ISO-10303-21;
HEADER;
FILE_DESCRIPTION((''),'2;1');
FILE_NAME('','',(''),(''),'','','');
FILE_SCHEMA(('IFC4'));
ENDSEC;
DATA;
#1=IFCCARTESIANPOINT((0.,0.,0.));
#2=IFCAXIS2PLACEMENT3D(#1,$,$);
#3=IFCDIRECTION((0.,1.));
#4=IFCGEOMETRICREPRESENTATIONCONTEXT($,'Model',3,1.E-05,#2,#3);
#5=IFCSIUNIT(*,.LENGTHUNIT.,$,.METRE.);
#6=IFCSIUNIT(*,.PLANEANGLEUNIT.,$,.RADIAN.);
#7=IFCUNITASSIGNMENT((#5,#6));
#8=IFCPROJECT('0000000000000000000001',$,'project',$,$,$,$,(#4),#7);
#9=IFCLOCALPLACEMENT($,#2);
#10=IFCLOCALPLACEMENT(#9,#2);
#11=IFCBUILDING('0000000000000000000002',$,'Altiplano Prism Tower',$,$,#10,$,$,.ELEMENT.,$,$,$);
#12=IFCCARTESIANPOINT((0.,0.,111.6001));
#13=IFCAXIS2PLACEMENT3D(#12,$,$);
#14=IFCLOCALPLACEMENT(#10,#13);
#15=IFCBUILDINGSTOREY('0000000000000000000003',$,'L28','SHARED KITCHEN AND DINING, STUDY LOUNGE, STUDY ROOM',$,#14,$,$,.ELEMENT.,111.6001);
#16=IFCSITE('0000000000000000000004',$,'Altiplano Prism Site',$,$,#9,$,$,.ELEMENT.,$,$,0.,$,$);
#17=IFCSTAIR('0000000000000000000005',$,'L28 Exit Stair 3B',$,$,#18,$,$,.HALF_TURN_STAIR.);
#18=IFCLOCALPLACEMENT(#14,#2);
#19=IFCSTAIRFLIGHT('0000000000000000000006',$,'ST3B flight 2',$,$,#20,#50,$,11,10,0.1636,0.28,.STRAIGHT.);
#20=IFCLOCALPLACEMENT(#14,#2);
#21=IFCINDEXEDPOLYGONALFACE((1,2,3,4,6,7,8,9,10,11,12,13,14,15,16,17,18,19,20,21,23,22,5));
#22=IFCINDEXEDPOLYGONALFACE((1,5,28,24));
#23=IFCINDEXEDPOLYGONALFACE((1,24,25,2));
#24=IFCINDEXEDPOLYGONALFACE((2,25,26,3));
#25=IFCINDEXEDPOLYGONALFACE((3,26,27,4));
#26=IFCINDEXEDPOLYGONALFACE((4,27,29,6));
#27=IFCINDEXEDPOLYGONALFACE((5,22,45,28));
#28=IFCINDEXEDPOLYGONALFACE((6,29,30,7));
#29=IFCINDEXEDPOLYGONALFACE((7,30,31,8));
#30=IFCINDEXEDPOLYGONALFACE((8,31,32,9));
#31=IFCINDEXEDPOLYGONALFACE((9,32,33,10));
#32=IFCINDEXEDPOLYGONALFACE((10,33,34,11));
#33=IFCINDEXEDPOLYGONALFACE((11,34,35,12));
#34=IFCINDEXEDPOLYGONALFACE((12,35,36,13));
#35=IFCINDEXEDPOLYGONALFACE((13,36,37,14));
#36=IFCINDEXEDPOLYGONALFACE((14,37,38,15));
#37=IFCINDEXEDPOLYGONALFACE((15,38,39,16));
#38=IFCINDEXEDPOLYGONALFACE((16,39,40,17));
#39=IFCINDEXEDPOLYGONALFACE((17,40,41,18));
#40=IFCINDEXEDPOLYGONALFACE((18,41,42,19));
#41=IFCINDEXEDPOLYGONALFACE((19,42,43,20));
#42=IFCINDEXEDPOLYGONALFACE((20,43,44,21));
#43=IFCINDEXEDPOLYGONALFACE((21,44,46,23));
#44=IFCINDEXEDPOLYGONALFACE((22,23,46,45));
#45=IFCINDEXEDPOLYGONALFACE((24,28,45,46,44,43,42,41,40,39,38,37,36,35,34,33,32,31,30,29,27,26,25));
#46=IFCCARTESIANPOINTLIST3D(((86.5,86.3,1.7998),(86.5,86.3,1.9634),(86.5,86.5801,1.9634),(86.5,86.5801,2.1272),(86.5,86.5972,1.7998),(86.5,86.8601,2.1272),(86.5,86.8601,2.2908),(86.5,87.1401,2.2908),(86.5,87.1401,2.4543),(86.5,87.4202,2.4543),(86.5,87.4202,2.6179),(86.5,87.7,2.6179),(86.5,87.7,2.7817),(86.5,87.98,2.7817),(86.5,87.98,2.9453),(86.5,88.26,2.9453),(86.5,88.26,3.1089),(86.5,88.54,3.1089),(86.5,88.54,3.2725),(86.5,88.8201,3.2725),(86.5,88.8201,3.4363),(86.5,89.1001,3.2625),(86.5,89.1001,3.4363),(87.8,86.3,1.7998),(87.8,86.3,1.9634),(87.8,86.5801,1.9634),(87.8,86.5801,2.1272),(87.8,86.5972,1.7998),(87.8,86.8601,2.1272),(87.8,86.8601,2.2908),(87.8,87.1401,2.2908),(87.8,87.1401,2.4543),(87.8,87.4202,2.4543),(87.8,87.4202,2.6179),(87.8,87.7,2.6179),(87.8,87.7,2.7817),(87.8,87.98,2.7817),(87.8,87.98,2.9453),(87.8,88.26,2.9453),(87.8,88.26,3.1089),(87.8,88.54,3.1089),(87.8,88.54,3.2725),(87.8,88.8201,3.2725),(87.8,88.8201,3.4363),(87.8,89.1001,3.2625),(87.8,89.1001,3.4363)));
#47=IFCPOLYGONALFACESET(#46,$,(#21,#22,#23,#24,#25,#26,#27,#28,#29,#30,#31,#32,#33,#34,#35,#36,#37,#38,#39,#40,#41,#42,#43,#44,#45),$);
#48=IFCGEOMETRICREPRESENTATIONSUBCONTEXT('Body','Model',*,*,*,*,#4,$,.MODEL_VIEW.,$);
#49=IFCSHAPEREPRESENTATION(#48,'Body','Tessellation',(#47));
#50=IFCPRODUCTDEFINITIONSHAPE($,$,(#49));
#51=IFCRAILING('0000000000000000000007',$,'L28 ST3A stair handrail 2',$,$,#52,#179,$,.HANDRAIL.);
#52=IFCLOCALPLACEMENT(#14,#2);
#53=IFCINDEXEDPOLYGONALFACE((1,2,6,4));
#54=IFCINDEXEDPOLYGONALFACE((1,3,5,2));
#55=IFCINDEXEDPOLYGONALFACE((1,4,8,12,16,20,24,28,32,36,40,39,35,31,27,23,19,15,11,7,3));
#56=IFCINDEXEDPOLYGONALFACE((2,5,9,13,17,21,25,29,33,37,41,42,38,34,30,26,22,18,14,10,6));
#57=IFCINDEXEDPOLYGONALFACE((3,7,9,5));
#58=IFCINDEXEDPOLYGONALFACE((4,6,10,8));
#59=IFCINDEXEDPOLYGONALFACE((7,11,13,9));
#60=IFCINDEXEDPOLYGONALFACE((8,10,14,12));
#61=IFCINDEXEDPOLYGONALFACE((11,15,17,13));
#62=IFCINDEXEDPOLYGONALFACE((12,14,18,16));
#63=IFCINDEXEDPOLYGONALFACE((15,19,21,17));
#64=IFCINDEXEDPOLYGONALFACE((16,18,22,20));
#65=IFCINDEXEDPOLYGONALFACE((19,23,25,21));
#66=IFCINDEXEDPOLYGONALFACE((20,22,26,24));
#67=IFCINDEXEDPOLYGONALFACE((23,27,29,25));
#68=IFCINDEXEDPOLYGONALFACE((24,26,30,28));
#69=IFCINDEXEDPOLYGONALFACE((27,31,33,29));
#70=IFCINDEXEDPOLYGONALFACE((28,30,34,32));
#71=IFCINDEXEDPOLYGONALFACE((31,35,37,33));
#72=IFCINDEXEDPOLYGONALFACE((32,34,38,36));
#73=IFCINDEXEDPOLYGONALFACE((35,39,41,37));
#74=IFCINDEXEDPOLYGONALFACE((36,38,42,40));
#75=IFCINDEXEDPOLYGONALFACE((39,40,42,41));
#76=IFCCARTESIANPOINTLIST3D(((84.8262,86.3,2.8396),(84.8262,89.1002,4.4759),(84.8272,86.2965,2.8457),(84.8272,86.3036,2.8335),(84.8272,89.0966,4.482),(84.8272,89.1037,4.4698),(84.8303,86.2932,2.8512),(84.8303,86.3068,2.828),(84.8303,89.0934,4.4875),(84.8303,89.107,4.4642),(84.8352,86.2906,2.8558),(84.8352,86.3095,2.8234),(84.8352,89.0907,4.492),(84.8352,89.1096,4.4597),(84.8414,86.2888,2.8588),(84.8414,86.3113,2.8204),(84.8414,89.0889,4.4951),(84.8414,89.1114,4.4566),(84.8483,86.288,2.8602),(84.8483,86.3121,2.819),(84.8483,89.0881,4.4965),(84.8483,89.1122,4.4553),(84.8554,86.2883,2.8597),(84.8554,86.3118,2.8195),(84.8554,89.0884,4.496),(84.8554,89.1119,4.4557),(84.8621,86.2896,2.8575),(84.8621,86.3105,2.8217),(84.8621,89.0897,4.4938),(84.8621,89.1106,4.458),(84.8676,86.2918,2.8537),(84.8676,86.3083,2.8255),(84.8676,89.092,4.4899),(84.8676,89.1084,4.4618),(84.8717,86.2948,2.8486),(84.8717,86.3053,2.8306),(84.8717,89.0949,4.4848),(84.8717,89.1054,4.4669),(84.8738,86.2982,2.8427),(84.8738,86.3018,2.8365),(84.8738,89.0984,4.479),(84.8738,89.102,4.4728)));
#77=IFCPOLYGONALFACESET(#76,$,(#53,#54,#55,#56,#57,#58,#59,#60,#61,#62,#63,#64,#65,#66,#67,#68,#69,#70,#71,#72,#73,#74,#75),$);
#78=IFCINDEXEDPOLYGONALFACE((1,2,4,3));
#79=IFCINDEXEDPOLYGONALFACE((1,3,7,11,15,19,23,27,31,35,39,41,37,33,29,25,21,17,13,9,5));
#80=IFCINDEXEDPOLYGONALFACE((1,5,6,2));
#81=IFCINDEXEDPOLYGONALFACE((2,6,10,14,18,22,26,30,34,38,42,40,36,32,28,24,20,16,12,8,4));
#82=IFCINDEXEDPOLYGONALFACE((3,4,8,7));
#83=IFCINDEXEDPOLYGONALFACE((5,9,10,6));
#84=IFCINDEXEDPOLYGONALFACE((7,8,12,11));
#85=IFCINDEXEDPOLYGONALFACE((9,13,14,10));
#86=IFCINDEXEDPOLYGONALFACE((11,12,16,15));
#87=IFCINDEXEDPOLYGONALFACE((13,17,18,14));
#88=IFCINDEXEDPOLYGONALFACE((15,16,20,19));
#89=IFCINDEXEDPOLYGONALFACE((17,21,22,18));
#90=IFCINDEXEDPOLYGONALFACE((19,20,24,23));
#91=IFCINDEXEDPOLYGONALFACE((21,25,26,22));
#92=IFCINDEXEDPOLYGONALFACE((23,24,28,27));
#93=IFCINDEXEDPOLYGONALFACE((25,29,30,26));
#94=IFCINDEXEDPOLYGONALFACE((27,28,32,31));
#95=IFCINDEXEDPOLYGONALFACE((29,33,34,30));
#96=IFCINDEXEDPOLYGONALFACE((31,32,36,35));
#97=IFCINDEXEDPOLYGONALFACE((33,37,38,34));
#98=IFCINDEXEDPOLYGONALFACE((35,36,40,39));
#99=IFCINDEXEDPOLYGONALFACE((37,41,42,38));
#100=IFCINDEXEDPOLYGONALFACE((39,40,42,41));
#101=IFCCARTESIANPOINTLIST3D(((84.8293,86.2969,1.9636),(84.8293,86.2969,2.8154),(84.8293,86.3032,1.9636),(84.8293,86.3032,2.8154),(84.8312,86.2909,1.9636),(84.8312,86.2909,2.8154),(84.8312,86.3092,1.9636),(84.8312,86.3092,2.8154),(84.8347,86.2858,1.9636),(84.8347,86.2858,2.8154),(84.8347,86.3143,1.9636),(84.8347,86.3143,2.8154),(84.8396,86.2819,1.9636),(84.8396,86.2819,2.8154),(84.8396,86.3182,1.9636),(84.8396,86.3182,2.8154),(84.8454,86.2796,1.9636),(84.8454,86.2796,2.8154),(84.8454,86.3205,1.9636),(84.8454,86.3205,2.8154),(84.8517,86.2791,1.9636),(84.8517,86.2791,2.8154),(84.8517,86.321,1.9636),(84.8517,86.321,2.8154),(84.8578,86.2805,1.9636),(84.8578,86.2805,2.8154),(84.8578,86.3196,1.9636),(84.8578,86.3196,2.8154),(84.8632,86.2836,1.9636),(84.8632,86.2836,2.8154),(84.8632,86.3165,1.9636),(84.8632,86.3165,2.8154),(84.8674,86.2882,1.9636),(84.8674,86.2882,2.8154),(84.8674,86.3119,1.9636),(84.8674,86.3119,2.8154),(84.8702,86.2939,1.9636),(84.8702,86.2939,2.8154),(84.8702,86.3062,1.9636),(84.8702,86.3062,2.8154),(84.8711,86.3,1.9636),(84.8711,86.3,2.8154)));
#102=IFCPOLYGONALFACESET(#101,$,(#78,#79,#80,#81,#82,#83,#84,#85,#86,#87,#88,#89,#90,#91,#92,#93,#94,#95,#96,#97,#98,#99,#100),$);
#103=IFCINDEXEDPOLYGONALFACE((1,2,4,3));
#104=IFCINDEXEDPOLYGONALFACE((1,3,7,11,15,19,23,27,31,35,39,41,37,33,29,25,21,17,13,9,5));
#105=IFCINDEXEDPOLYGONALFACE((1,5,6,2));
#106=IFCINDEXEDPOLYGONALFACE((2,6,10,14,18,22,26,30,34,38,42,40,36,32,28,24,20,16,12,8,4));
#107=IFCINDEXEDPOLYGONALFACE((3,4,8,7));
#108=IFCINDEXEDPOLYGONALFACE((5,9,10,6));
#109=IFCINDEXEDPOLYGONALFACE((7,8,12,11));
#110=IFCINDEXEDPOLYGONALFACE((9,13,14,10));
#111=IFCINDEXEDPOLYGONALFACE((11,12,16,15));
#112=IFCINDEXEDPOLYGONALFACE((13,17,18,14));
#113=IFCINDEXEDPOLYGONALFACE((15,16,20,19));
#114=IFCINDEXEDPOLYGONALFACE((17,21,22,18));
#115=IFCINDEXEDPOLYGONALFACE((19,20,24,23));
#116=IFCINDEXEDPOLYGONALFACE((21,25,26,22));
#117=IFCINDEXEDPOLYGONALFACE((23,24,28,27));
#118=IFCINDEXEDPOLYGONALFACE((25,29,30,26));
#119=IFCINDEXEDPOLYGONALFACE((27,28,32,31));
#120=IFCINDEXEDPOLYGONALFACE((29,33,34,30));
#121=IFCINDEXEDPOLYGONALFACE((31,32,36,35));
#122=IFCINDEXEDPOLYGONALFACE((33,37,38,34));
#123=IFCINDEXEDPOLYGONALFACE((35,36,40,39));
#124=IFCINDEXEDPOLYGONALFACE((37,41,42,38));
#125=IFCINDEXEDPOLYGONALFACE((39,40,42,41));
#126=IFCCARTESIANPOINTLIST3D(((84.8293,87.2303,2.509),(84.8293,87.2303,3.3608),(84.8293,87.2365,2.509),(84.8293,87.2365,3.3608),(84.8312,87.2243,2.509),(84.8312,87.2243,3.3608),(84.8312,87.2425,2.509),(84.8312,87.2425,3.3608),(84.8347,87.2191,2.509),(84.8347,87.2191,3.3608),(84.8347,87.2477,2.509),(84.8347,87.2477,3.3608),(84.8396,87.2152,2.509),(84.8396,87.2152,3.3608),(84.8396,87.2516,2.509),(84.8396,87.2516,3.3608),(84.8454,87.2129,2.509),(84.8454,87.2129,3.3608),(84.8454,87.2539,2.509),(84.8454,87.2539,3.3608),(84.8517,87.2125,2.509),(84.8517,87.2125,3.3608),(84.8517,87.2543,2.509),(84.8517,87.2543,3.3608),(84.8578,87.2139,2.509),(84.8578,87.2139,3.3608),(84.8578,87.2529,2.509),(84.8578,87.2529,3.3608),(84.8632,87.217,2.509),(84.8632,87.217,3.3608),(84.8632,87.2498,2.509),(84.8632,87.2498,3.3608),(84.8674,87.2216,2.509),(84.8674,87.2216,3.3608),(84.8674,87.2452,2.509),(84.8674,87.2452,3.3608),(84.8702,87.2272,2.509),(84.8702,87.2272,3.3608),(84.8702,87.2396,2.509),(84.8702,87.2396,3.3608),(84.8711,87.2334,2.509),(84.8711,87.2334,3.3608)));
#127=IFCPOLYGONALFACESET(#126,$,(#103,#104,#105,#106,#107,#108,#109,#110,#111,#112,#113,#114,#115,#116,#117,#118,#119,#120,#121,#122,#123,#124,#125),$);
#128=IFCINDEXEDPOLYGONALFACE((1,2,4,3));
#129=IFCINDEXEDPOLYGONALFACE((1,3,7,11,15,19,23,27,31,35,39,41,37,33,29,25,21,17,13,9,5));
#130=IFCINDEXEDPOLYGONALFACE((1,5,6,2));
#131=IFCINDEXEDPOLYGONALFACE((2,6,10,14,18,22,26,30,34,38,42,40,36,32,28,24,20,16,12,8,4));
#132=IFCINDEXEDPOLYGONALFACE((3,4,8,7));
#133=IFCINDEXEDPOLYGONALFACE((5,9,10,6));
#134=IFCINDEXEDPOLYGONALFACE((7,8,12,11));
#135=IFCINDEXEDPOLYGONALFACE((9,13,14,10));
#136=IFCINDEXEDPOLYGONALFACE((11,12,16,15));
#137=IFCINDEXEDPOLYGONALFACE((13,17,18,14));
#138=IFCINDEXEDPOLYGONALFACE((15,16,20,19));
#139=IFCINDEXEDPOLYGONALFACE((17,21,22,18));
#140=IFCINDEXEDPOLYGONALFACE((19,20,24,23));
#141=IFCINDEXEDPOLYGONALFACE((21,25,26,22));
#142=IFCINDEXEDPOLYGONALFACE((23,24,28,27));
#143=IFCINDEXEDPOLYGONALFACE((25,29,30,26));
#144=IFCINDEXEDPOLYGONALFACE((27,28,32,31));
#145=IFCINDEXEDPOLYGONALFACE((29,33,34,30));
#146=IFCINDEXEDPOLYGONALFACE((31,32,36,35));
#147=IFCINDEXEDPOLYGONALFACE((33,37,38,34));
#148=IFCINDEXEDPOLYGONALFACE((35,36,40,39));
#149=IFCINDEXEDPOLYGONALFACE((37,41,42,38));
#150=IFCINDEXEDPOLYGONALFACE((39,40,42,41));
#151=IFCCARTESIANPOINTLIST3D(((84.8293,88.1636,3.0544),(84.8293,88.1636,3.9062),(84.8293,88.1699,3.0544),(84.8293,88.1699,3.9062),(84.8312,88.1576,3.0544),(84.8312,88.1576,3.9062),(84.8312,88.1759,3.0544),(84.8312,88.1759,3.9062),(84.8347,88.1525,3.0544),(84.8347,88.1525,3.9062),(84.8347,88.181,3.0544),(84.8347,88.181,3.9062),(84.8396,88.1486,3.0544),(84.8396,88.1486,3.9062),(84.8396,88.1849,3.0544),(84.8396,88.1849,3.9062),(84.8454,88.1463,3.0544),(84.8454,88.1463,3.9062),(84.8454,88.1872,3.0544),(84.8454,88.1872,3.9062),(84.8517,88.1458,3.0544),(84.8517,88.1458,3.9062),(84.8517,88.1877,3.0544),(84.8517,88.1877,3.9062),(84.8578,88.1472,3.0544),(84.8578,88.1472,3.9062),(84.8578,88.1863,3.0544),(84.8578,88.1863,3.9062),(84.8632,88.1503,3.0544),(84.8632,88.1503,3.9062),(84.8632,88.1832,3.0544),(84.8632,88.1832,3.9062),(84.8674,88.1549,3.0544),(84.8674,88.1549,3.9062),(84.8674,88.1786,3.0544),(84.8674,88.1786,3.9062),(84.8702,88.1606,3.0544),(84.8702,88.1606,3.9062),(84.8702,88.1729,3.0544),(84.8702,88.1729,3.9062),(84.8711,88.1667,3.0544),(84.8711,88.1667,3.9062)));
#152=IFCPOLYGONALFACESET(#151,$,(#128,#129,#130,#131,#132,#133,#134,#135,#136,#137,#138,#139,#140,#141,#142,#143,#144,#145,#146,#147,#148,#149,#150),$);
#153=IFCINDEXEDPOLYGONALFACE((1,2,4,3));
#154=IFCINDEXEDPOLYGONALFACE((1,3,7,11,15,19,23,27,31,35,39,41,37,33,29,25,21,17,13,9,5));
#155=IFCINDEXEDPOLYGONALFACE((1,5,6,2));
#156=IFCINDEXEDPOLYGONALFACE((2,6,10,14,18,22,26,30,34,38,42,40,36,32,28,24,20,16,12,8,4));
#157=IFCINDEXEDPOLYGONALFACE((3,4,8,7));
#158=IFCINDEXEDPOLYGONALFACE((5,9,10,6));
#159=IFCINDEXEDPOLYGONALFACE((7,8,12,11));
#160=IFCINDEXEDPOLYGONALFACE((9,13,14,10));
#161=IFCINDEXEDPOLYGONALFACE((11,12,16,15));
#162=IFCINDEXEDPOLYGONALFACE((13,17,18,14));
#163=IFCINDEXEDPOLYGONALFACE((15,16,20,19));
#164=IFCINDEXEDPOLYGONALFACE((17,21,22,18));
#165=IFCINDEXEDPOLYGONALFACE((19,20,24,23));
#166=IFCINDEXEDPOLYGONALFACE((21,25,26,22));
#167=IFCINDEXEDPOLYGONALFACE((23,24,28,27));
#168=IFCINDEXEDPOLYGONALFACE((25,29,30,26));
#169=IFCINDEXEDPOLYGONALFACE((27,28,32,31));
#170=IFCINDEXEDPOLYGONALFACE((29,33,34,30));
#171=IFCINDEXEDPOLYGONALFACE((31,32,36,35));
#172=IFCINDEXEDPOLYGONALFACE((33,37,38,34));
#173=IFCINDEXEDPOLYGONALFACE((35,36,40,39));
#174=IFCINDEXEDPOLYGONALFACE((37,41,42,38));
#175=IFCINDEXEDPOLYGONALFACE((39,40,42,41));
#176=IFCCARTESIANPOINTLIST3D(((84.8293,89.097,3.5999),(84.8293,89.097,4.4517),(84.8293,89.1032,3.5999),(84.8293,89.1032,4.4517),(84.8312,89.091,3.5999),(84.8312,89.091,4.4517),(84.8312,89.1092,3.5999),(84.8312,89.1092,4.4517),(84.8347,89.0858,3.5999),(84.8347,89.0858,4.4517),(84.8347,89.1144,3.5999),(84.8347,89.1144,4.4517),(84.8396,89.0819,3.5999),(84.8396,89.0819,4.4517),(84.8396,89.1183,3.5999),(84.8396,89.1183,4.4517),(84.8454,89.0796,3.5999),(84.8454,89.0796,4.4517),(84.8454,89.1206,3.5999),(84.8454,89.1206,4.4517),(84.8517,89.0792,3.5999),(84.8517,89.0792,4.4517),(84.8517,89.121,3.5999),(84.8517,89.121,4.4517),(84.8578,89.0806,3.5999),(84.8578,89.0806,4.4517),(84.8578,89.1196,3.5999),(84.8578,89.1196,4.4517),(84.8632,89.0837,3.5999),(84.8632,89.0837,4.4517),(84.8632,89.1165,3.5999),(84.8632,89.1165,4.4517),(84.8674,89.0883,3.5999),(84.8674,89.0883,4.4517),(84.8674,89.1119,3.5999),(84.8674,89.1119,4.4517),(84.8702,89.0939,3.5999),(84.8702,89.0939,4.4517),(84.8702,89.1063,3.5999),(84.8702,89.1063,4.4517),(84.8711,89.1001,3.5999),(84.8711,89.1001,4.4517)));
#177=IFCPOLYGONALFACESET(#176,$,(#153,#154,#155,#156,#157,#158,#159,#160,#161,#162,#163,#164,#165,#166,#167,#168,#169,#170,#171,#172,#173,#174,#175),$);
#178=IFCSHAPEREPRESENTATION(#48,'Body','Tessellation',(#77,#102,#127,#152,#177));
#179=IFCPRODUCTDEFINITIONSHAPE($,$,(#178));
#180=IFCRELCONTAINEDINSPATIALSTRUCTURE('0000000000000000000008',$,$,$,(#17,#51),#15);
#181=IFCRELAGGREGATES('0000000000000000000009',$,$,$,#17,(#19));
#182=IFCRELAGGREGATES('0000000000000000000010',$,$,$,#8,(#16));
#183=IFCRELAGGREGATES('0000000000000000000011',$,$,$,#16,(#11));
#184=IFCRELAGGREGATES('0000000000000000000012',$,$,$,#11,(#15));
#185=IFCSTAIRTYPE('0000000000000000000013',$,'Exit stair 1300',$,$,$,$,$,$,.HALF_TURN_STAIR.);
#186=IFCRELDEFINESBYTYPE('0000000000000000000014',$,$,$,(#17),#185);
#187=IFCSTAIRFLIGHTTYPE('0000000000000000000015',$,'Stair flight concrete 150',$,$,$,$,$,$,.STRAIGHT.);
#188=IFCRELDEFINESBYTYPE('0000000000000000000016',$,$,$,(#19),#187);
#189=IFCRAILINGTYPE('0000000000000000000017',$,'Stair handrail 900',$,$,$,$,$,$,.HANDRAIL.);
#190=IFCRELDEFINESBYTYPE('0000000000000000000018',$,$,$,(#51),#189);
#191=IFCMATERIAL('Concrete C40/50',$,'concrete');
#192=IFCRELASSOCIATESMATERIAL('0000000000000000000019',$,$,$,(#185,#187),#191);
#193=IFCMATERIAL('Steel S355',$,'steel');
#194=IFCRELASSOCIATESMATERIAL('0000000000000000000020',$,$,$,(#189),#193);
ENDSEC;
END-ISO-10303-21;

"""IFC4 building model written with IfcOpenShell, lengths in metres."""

from ifc_helpers import new_model, si_unit, direction, frame, origin, origin_2d, place, context, subcontext, project, spatial, polyline, circle, outline, extrude, material, type_object, element, aggregate, save


model = new_model("IFC4")

# Units and contexts
model_context = context("Model", 3, precision=1e-05, world=origin(), true_north=direction((0.0, 1.0)))
body_context = subcontext(model_context, "Body", "Model", "MODEL_VIEW")
ifc_project = project(units=[si_unit("LENGTHUNIT", "METRE"), si_unit("PLANEANGLEUNIT", "RADIAN")], contexts=[model_context])

# Site, building, storey
site_placement = place(None, origin())
site = spatial("IfcSite", under=ifc_project, at=site_placement, Name="Altiplano Prism Site", CompositionType="ELEMENT", RefElevation=0.0)
building_placement = place(site_placement, origin())
building = spatial("IfcBuilding", under=site, at=building_placement, Name="Altiplano Prism Tower", CompositionType="ELEMENT")
storey_placement = place(building_placement, frame((0.0, 0.0, 111.6001)))
storey = spatial("IfcBuildingStorey", under=building, at=storey_placement, Name="L28", Description="SHARED KITCHEN AND DINING, STUDY LOUNGE, STUDY ROOM", CompositionType="ELEMENT", Elevation=111.6001)

# Shared definitions
ifc_material_1 = material(Name="Concrete C40/50", Category="concrete")
stair_type = type_object("IfcStairType", Name="Exit stair 1300", PredefinedType="HALF_TURN_STAIR", material=ifc_material_1)
stair_flight_type = type_object("IfcStairFlightType", Name="Stair flight concrete 150", PredefinedType="STRAIGHT", material=ifc_material_1)

# Stair, stair flight
stair_1_placement = place(storey_placement, origin())
stair_1 = element("IfcStair", 1, at=stair_1_placement, inside=storey, type_object=stair_type, Name="L28 Exit Stair 3B", PredefinedType="HALF_TURN_STAIR")
stair_flight_1_placement = place(storey_placement, frame((87.1499, 86.3, 1.7998), z_axis=(0.0, 0.0, 1.0), x_axis=(0.0, 1.0, 0.0)))
stair_flight_1 = element("IfcStairFlight", 2, at=stair_flight_1_placement, type_object=stair_flight_type, Name="ST3B flight 2", NumberOfRisers=11, NumberOfTreads=10, PredefinedType="STRAIGHT", RiserHeight=0.1636, TreadLength=0.28, context=body_context, shape_type="SweptSolid", body=[
    extrude(outline(polyline([(0.0, 0.0), (0.0, 0.1636), (0.28, 0.1636), (0.28, 0.3274), (0.5601, 0.3274), (0.5601, 0.491), (0.8401, 0.491), (0.8401, 0.6545), (1.1201, 0.6545), (1.1201, 0.8181), (1.3999, 0.8181), (1.3999, 0.9819), (1.6799, 0.9819), (1.6799, 1.1455), (1.96, 1.1455), (1.96, 1.3091), (2.24, 1.3091), (2.24, 1.4727), (2.52, 1.4727), (2.52, 1.6365), (2.8, 1.6365), (2.8, 1.8), (2.8, 1.4626), (0.2971, 0.0), (0.0, 0.0)])), frame((0.0, 0.6499, 0.0), z_axis=(0.0, -1.0, 0.0), x_axis=(1.0, 0.0, 0.0)), (0.0, 0.0, 1.0), 1.3),
])
aggregate(stair_1, [stair_flight_1])

# Railing
ifc_material_2 = material(Name="Steel S355", Category="steel")
railing_type_1 = type_object("IfcRailingType", Name="Stair handrail 900", PredefinedType="HANDRAIL", material=ifc_material_2)
railing_1_placement = place(storey_placement, frame((84.8501, 86.3, 1.9636)))
element("IfcRailing", 3, at=railing_1_placement, inside=storey, type_object=railing_type_1, Name="L28 ST3A stair handrail 2", PredefinedType="HANDRAIL", context=body_context, shape_type="SweptSolid", body=[
    extrude(circle(Radius=0.0239, at=origin_2d()), frame((0.0, 0.0, 0.876), z_axis=(0.0, 0.863394, 0.504531), x_axis=(-1.0, 0.0, 0.0)), (0.0, 0.0, 1.0), 3.2432),
    extrude(circle(Radius=0.021, at=origin_2d()), origin(), (0.0, 0.0, 1.0), 0.8518),
    extrude(circle(Radius=0.021, at=origin_2d()), frame((0.0, 0.9333, 0.5454)), (0.0, 0.0, 1.0), 0.8518),
    extrude(circle(Radius=0.021, at=origin_2d()), frame((0.0, 1.8667, 1.0908)), (0.0, 0.0, 1.0), 0.8518),
    extrude(circle(Radius=0.021, at=origin_2d()), frame((0.0, 2.8, 1.6362)), (0.0, 0.0, 1.0), 0.8518),
])

save(model, "model.ifc")
